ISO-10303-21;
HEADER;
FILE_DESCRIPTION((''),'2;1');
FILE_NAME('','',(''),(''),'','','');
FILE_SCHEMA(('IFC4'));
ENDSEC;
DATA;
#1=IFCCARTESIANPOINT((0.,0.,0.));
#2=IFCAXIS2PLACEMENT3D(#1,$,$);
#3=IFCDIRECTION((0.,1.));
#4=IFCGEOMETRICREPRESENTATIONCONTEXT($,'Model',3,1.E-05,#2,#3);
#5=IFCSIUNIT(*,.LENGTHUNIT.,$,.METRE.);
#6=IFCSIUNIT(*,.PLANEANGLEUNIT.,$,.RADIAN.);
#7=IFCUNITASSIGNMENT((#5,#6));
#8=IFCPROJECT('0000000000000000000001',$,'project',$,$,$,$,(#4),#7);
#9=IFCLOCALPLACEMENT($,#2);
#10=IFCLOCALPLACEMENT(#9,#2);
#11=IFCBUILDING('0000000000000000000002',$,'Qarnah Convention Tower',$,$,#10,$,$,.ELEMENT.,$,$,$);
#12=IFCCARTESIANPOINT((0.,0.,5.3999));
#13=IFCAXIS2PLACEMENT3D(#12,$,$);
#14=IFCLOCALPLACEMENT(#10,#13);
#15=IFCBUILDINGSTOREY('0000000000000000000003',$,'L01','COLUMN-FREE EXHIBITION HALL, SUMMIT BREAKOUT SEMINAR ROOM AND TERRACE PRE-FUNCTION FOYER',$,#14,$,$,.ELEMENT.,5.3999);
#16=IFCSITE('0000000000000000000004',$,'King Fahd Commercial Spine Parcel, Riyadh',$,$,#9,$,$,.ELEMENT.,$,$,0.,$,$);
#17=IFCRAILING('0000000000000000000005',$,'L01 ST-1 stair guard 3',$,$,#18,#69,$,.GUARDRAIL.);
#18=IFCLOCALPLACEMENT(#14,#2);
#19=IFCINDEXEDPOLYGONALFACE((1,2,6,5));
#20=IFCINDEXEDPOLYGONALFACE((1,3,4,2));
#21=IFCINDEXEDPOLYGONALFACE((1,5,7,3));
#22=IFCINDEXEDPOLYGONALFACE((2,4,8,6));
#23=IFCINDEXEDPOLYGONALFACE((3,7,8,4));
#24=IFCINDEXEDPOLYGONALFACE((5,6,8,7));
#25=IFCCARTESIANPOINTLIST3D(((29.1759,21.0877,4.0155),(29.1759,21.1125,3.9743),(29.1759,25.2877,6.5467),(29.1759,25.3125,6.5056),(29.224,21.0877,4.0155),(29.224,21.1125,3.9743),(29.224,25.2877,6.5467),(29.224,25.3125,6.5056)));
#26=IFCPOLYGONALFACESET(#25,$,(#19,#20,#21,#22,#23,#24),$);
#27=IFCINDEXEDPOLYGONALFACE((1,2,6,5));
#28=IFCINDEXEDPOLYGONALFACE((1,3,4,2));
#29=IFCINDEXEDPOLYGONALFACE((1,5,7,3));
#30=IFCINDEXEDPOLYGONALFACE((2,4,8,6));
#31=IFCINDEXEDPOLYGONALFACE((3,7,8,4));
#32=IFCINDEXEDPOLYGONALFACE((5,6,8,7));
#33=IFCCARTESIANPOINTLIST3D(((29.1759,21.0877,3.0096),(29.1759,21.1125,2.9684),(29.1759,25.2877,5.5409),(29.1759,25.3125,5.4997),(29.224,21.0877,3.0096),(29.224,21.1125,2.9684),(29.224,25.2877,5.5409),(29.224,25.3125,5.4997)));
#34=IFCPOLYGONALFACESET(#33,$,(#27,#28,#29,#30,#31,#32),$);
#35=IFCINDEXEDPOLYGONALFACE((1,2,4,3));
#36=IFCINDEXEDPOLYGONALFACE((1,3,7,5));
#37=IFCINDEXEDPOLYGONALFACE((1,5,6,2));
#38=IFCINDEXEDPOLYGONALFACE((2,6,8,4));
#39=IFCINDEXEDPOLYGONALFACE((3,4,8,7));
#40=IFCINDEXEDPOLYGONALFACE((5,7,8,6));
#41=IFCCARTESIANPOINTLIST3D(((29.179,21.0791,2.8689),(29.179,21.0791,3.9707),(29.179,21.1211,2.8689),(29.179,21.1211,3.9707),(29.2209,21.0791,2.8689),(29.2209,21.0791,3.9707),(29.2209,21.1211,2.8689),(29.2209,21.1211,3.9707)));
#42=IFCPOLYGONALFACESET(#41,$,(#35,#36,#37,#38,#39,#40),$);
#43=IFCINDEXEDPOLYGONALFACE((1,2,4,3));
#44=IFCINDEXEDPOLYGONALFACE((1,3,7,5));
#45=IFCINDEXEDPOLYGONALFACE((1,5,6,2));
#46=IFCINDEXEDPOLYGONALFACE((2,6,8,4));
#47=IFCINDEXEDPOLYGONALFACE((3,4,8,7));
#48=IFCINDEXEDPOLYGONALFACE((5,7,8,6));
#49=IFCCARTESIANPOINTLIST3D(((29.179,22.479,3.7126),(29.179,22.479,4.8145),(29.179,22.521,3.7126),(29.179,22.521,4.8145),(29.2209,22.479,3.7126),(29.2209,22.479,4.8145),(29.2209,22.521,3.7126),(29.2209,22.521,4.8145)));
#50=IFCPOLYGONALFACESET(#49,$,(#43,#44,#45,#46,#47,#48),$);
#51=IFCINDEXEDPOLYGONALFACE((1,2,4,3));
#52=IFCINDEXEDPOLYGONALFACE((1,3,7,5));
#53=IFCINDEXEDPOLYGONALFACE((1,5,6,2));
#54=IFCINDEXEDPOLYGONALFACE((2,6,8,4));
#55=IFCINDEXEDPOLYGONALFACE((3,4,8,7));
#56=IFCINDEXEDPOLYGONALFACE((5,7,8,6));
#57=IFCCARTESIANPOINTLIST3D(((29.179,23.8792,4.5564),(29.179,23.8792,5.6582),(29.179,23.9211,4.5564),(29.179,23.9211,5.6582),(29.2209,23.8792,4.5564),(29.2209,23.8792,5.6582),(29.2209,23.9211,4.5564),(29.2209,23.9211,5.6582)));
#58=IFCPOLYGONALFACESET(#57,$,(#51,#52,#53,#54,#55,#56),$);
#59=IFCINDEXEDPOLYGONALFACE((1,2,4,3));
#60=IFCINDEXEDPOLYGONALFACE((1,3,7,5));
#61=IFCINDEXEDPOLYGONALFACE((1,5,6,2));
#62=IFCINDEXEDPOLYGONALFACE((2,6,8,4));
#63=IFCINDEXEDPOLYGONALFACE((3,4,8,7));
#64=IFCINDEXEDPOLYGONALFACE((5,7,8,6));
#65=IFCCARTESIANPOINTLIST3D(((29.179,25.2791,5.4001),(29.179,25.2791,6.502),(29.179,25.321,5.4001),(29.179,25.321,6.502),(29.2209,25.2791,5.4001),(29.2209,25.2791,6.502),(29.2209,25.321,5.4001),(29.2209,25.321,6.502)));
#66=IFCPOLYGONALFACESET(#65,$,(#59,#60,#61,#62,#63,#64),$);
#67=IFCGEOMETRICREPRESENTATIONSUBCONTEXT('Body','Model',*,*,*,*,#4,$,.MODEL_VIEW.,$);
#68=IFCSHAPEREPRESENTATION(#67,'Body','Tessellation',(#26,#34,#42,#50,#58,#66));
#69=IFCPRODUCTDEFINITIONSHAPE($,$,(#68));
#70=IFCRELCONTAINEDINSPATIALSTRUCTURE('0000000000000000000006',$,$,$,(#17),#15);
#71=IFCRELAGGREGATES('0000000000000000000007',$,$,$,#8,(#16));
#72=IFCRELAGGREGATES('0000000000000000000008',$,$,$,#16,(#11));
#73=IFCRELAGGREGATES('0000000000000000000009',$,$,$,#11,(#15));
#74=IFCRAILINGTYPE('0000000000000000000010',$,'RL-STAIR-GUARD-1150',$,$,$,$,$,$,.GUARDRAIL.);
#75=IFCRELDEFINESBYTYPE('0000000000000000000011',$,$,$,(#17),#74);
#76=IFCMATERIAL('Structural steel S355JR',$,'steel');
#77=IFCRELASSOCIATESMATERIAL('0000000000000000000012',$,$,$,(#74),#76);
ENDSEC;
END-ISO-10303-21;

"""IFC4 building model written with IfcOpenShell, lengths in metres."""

from ifc_helpers import new_model, si_unit, direction, frame, origin, origin_2d, place, context, subcontext, project, spatial, rectangle, extrude, material, type_object, element, save


model = new_model("IFC4")

# Units and contexts
model_context = context("Model", 3, precision=1e-05, world=origin(), true_north=direction((0.0, 1.0)))
body_context = subcontext(model_context, "Body", "Model", "MODEL_VIEW")
ifc_project = project(units=[si_unit("LENGTHUNIT", "METRE"), si_unit("PLANEANGLEUNIT", "RADIAN")], contexts=[model_context])

# Site, building, storey
site_placement = place(None, origin())
site = spatial("IfcSite", under=ifc_project, at=site_placement, Name="King Fahd Commercial Spine Parcel, Riyadh", CompositionType="ELEMENT", RefElevation=0.0)
building_placement = place(site_placement, origin())
building = spatial("IfcBuilding", under=site, at=building_placement, Name="Qarnah Convention Tower", CompositionType="ELEMENT")
storey_placement = place(building_placement, frame((0.0, 0.0, 5.3999)))
storey = spatial("IfcBuildingStorey", under=building, at=storey_placement, Name="L01", Description="COLUMN-FREE EXHIBITION HALL, SUMMIT BREAKOUT SEMINAR ROOM AND TERRACE PRE-FUNCTION FOYER", CompositionType="ELEMENT", Elevation=5.3999)

# Shared definitions
ifc_material_1 = material(Name="Structural steel S355JR", Category="steel")

# Railing
railing_type = type_object("IfcRailingType", Name="RL-STAIR-GUARD-1150", PredefinedType="GUARDRAIL", material=ifc_material_1)
railing_1_placement = place(storey_placement, frame((29.2, 21.1001, 2.8689)))
element("IfcRailing", 1, at=railing_1_placement, inside=storey, type_object=railing_type, Name="L01 ST-1 stair guard 3", PredefinedType="GUARDRAIL", context=body_context, shape_type="SweptSolid", body=[
    extrude(rectangle(XDim=0.0481, YDim=0.0481, at=origin_2d()), frame((0.0, 0.0, 1.126), z_axis=(0.0, 0.856476, 0.516186), x_axis=(-1.0, 0.0, 0.0)), (0.0, 0.0, 1.0), 4.9038),
    extrude(rectangle(XDim=0.0481, YDim=0.0481, at=origin_2d()), frame((0.0, 0.0, 0.1201), z_axis=(0.0, 0.856476, 0.516186), x_axis=(-1.0, 0.0, 0.0)), (0.0, 0.0, 1.0), 4.9038),
    extrude(rectangle(XDim=0.042, YDim=0.042, at=origin_2d()), origin(), (0.0, 0.0, 1.0), 1.1018),
    extrude(rectangle(XDim=0.042, YDim=0.042, at=origin_2d()), frame((0.0, 1.3999, 0.8438)), (0.0, 0.0, 1.0), 1.1018),
    extrude(rectangle(XDim=0.042, YDim=0.042, at=origin_2d()), frame((0.0, 2.8, 1.6875)), (0.0, 0.0, 1.0), 1.1018),
    extrude(rectangle(XDim=0.042, YDim=0.042, at=origin_2d()), frame((0.0, 4.2, 2.5312)), (0.0, 0.0, 1.0), 1.1018),
])

save(model, "model.ifc")
